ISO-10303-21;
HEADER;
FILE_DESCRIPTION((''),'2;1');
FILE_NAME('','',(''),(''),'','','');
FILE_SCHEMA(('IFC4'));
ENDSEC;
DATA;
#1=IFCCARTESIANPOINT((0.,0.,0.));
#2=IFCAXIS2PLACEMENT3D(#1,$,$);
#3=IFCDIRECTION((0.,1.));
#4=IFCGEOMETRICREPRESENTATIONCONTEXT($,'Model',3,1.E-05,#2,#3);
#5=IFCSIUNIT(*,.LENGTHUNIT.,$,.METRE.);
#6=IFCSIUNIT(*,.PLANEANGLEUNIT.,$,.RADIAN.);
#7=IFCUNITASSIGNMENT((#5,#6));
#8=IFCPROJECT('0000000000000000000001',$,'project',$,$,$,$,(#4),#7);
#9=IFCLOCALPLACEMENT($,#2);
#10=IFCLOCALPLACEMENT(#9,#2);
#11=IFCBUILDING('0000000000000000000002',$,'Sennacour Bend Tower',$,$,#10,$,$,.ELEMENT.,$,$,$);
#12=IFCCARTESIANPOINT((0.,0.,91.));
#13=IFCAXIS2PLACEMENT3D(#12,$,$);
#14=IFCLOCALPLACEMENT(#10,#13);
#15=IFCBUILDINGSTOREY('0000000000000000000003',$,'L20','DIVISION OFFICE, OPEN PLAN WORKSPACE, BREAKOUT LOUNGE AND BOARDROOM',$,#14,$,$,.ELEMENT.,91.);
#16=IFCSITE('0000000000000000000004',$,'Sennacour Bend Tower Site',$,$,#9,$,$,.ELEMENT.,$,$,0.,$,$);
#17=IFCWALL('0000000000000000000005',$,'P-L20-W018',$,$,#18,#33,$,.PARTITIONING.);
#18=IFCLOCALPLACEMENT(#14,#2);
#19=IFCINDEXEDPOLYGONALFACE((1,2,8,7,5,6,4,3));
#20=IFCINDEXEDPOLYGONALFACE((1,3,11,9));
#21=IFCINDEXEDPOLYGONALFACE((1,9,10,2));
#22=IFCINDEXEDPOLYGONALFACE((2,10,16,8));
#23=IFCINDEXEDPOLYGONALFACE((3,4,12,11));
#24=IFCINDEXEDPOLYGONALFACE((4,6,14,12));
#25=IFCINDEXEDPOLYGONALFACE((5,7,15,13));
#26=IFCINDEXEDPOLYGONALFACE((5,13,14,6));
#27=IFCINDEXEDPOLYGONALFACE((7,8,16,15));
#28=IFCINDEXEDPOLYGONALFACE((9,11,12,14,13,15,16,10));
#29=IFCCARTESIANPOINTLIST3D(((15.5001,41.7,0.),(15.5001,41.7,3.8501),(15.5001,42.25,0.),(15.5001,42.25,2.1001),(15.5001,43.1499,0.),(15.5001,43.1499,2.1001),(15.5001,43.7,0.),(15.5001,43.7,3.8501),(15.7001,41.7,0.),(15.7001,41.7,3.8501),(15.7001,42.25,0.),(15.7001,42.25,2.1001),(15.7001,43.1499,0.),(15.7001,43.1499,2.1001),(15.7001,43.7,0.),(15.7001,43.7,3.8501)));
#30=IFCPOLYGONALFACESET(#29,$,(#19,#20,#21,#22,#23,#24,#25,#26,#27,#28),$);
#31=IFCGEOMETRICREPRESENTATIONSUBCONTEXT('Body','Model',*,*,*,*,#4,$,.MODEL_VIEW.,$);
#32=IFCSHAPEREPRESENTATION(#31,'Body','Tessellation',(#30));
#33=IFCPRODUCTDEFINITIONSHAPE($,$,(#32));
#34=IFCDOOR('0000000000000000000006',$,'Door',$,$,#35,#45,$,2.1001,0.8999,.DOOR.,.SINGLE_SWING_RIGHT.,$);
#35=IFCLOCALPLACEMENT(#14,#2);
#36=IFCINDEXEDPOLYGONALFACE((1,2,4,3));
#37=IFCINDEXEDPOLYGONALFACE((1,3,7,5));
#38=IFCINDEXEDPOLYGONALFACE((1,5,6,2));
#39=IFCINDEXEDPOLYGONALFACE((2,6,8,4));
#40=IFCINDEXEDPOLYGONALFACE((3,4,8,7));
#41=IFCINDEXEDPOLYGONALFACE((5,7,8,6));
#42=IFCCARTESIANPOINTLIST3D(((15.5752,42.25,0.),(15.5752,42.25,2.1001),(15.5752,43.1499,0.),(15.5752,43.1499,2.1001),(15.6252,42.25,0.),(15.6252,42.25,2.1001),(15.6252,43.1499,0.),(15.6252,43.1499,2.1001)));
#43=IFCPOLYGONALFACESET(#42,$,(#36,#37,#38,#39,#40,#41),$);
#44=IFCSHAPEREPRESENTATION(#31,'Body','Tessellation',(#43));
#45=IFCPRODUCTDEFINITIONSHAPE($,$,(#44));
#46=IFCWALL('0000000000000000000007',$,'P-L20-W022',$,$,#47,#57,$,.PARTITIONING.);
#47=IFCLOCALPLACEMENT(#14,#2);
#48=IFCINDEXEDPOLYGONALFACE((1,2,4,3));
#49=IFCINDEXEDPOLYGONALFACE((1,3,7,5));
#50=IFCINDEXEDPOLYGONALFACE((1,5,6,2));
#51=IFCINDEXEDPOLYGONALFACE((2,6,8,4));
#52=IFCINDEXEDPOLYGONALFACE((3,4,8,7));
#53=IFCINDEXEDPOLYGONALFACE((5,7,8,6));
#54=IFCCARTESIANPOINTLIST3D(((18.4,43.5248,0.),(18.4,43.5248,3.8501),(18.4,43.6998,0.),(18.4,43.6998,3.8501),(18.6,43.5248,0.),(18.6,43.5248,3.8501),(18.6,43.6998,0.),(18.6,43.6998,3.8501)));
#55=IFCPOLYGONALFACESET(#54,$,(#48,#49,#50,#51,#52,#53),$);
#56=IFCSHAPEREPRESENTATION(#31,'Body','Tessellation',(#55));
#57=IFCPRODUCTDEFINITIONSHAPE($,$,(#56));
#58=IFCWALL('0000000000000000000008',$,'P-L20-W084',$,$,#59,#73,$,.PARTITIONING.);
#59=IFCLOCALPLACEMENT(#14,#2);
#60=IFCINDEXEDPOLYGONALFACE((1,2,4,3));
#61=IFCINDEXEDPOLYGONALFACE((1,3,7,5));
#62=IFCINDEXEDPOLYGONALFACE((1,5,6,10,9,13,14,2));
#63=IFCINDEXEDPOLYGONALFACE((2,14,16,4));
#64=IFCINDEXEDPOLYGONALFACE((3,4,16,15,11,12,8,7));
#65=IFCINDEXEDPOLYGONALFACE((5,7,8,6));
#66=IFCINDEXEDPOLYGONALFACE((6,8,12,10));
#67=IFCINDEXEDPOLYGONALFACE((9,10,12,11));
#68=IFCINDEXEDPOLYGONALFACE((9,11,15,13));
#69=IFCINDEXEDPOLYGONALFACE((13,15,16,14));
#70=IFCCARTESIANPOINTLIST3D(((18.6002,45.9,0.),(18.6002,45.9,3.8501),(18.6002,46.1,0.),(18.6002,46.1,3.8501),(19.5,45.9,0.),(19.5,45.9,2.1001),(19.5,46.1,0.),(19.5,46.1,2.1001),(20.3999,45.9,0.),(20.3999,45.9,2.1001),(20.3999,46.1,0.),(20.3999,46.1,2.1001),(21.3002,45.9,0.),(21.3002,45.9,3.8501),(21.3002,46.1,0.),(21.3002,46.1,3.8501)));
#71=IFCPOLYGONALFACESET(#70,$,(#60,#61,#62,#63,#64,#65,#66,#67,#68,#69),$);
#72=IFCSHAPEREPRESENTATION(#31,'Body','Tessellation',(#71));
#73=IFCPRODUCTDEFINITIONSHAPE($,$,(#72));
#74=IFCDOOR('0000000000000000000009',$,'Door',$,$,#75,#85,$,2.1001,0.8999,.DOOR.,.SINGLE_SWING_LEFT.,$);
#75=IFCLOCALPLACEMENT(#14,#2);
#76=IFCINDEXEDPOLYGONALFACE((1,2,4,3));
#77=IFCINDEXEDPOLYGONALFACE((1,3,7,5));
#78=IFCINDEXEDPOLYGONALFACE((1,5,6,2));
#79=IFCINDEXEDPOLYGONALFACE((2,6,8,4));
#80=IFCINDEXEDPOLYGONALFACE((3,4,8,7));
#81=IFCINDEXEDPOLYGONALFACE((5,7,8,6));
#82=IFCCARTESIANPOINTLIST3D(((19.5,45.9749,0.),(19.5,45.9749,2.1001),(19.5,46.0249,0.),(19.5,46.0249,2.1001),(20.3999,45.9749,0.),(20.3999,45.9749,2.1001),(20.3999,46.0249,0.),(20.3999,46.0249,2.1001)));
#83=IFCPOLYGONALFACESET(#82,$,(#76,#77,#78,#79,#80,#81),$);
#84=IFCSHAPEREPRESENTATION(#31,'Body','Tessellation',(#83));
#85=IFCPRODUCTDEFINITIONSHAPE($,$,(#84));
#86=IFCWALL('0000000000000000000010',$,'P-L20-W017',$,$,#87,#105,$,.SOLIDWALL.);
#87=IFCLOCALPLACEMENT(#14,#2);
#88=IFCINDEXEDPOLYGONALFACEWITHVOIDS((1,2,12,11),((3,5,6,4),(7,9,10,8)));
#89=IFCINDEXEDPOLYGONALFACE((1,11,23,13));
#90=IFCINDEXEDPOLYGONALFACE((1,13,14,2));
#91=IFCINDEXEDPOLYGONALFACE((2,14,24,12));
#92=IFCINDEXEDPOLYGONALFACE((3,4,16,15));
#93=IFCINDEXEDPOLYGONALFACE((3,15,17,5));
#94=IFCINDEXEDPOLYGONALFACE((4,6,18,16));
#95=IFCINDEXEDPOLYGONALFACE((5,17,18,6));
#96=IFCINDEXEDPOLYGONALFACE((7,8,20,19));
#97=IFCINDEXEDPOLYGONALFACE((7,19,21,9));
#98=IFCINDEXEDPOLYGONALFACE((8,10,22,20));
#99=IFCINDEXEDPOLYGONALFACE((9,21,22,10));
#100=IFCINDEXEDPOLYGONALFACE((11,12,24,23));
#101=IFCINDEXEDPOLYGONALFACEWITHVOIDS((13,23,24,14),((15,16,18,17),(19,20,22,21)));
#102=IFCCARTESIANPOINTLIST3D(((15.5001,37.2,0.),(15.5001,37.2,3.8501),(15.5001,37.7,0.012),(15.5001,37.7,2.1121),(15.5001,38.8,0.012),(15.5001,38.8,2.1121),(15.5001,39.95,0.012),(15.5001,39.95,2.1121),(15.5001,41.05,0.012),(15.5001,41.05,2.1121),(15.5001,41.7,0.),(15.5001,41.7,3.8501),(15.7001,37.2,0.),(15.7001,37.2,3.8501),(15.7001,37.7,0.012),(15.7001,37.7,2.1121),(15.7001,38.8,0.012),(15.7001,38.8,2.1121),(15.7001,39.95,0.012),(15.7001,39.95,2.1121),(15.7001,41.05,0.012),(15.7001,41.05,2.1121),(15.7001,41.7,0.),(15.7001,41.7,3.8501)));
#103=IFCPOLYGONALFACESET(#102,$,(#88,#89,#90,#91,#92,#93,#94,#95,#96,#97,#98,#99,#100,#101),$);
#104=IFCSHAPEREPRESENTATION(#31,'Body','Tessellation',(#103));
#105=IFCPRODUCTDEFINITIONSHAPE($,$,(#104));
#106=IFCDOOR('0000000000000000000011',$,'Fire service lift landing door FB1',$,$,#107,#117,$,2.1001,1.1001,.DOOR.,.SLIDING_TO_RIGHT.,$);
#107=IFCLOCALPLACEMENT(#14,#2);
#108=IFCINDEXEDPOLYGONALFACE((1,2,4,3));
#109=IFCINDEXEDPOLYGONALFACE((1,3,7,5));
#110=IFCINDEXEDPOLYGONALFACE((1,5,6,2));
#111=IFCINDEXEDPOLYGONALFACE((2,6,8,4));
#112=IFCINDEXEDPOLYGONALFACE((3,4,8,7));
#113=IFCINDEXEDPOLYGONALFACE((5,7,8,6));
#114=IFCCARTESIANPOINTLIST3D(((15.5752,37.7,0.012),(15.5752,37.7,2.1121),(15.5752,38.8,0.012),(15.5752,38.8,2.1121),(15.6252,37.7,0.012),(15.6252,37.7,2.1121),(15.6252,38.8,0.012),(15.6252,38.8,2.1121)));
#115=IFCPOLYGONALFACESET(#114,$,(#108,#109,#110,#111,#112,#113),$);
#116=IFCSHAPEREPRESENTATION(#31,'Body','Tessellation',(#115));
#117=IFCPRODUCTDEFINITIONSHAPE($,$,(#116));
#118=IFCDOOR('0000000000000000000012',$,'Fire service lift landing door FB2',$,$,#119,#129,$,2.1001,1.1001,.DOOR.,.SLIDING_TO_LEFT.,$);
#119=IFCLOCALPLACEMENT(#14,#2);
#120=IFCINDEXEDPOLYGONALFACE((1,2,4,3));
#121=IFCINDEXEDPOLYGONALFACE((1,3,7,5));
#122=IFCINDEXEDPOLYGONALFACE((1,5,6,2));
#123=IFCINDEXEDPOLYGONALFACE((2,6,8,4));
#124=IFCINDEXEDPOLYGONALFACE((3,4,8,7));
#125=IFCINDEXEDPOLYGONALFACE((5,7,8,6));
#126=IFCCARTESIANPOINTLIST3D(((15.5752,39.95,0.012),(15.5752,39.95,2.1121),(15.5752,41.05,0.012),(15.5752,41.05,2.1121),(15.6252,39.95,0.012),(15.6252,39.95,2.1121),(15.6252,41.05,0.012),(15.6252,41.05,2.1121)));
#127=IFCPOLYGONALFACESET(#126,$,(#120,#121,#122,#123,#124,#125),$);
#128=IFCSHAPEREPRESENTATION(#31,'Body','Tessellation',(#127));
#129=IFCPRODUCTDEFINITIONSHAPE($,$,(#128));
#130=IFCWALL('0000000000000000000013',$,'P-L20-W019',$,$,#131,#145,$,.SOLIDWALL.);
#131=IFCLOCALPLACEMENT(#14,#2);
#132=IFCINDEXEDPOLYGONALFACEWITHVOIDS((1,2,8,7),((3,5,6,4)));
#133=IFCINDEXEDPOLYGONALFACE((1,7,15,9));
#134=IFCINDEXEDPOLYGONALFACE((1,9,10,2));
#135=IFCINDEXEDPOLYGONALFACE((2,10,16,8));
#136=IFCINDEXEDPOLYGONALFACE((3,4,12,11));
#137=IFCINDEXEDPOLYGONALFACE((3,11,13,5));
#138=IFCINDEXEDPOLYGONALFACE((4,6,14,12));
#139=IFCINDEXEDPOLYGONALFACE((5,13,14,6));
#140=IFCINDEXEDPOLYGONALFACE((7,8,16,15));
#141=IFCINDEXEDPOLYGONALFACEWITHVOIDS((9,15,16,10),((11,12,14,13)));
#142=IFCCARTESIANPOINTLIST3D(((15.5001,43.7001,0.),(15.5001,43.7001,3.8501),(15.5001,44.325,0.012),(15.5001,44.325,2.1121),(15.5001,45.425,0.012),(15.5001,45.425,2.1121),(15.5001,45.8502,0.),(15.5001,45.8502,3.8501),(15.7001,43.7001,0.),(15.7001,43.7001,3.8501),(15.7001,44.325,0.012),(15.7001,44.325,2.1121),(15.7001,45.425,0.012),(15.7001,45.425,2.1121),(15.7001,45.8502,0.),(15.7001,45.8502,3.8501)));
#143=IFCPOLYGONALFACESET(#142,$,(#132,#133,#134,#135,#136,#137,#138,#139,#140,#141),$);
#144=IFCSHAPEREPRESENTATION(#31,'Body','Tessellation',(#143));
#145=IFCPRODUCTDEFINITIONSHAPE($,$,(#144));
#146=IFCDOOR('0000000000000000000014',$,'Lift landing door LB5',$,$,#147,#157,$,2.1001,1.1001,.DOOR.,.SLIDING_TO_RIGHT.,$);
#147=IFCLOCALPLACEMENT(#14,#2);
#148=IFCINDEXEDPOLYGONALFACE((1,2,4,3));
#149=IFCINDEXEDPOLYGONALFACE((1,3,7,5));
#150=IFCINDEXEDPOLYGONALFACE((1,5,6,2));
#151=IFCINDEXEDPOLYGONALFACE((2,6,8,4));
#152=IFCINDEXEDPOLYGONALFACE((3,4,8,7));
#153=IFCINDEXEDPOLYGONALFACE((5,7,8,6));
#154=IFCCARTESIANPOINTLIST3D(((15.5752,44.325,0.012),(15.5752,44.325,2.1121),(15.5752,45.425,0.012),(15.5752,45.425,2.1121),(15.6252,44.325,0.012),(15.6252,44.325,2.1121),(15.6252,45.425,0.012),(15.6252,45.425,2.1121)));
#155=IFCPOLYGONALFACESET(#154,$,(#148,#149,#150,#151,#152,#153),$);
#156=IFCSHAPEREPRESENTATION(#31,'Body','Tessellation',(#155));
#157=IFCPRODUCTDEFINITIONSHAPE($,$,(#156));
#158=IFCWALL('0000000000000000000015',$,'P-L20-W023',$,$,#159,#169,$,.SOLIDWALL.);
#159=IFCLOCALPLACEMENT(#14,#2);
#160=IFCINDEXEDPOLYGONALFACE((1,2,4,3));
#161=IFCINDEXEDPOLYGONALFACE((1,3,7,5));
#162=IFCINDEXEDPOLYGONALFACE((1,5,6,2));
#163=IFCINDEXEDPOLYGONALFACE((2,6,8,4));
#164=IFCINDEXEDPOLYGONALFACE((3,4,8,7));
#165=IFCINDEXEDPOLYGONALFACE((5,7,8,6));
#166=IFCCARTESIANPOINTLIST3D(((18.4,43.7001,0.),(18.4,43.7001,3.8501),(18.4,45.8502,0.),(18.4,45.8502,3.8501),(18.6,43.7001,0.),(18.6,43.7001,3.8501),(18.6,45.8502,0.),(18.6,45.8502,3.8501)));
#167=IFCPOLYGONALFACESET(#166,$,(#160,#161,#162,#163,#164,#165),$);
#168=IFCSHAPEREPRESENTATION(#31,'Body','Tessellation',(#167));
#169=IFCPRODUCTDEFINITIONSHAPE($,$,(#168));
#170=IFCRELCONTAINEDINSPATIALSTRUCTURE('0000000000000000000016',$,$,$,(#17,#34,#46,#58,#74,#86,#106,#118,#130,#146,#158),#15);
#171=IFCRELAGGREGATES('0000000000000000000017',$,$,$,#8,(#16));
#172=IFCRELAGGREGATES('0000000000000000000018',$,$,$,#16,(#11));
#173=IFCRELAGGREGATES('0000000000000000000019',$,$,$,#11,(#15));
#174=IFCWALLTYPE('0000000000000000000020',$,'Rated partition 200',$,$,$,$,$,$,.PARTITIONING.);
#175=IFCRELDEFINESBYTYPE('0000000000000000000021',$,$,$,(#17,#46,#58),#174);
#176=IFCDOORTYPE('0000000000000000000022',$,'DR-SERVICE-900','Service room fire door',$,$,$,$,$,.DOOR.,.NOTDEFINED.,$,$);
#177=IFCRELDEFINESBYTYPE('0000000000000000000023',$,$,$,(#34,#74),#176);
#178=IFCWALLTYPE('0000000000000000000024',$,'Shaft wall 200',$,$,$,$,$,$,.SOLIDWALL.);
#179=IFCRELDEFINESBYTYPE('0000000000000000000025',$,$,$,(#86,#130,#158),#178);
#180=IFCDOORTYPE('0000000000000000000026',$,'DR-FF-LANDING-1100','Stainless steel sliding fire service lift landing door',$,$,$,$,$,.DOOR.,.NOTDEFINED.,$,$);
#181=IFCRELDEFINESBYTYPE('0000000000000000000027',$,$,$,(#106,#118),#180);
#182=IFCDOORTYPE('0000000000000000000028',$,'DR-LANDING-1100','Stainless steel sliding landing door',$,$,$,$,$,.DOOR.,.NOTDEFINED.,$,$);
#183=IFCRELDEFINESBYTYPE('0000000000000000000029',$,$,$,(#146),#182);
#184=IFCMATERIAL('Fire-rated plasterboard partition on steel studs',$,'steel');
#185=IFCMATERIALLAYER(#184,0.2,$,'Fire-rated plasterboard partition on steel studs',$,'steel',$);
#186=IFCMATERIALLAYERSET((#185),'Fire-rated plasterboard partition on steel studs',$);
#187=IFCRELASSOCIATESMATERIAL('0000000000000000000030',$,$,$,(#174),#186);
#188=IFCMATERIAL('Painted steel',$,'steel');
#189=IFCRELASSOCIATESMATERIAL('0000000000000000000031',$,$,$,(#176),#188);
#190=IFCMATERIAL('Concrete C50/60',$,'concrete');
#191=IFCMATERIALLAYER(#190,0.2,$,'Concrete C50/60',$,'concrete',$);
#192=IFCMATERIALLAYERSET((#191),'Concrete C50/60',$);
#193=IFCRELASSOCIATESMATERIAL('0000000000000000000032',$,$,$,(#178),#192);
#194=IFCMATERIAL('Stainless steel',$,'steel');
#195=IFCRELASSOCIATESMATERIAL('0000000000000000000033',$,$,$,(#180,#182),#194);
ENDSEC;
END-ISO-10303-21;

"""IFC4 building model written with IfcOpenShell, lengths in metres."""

from ifc_helpers import new_model, si_unit, direction, frame, frame_2d, origin, place, context, subcontext, project, spatial, rectangle, extrude, material, layer, layer_set, type_object, element, fill, save


model = new_model("IFC4")

# Units and contexts
model_context = context("Model", 3, precision=1e-05, world=origin(), true_north=direction((0.0, 1.0)))
body_context = subcontext(model_context, "Body", "Model", "MODEL_VIEW")
ifc_project = project(units=[si_unit("LENGTHUNIT", "METRE"), si_unit("PLANEANGLEUNIT", "RADIAN")], contexts=[model_context])

# Site, building, storey
site_placement = place(None, origin())
site = spatial("IfcSite", under=ifc_project, at=site_placement, Name="Sennacour Bend Tower Site", CompositionType="ELEMENT", RefElevation=0.0)
building_placement = place(site_placement, origin())
building = spatial("IfcBuilding", under=site, at=building_placement, Name="Sennacour Bend Tower", CompositionType="ELEMENT")
storey_placement = place(building_placement, frame((0.0, 0.0, 91.0)))
storey = spatial("IfcBuildingStorey", under=building, at=storey_placement, Name="L20", Description="DIVISION OFFICE, OPEN PLAN WORKSPACE, BREAKOUT LOUNGE AND BOARDROOM", CompositionType="ELEMENT", Elevation=91.0)

# Wall, opening, door
ifc_material_1 = material(Name="Fire-rated plasterboard partition on steel studs", Category="steel")
ifc_layer_1 = layer(ifc_material_1, 0.2, Name="Fire-rated plasterboard partition on steel studs", Category="steel")
ifc_layer_set_1 = layer_set([ifc_layer_1], Name="Fire-rated plasterboard partition on steel studs")
wall_type_1 = type_object("IfcWallType", Name="Rated partition 200", PredefinedType="PARTITIONING", material=ifc_layer_set_1)
wall_1_placement = place(storey_placement, frame((15.6001, 41.7, 0.0), z_axis=(0.0, 0.0, 1.0), x_axis=(0.0, 1.0, 0.0)))
wall_1 = element("IfcWall", 1, at=wall_1_placement, inside=storey, type_object=wall_type_1, Name="P-L20-W018", PredefinedType="PARTITIONING", context=body_context, shape_type="SweptSolid", body=[
    extrude(rectangle(XDim=2.0, YDim=0.2, at=frame_2d((1.0, 0.0))), origin(), (0.0, 0.0, 1.0), 3.8501),
])
opening_1_placement = place(wall_1_placement, frame((0.55, 0.0, 0.0)))
opening_1 = element("IfcOpeningElement", 2, at=opening_1_placement, cuts=wall_1, PredefinedType="OPENING", context=body_context, shape_type="SweptSolid", body=[
    extrude(rectangle(XDim=0.8999, YDim=2.1001, at=frame_2d((0.45, 1.05))), frame((0.0, 0.1099, 0.0), z_axis=(0.0, -1.0, 0.0), x_axis=(1.0, 0.0, 0.0)), (0.0, 0.0, 1.0), 0.22),
])
ifc_material_2 = material(Name="Painted steel", Category="steel")
door_type_1 = type_object("IfcDoorType", Name="DR-SERVICE-900", Description="Service room fire door", OperationType="NOTDEFINED", PredefinedType="DOOR", material=ifc_material_2)
door_1_placement = place(opening_1_placement, origin())
door_1 = element("IfcDoor", 3, at=door_1_placement, inside=storey, type_object=door_type_1, Name="Door", OperationType="SINGLE_SWING_RIGHT", OverallHeight=2.1001, OverallWidth=0.8999, PredefinedType="DOOR", context=body_context, shape_type="SweptSolid", body=[
    extrude(rectangle(XDim=0.8999, YDim=2.1001, at=frame_2d((0.45, 1.05))), frame((0.0, 0.0249, 0.0), z_axis=(0.0, -1.0, 0.0), x_axis=(1.0, 0.0, 0.0)), (0.0, 0.0, 1.0), 0.05),
])
fill(opening_1, door_1)

# Wall
wall_2_placement = place(storey_placement, frame((18.5, 43.5249, 0.0), z_axis=(0.0, 0.0, 1.0), x_axis=(0.0, 1.0, 0.0)))
element("IfcWall", 4, at=wall_2_placement, inside=storey, type_object=wall_type_1, Name="P-L20-W022", PredefinedType="PARTITIONING", context=body_context, shape_type="SweptSolid", body=[
    extrude(rectangle(XDim=0.175, YDim=0.2, at=frame_2d((0.0874, 0.0))), origin(), (0.0, 0.0, 1.0), 3.8501),
])

# Wall, opening, door
wall_3_placement = place(storey_placement, frame((18.6001, 46.0, 0.0), z_axis=(0.0, 0.0, 1.0), x_axis=(1.0, 0.0, 0.0)))
wall_3 = element("IfcWall", 5, at=wall_3_placement, inside=storey, type_object=wall_type_1, Name="P-L20-W084", PredefinedType="PARTITIONING", context=body_context, shape_type="SweptSolid", body=[
    extrude(rectangle(XDim=2.7, YDim=0.2, at=frame_2d((1.3501, 0.0))), origin(), (0.0, 0.0, 1.0), 3.8501),
])
opening_2_placement = place(wall_3_placement, frame((0.8999, 0.0, 0.0)))
opening_2 = element("IfcOpeningElement", 6, at=opening_2_placement, cuts=wall_3, PredefinedType="OPENING", context=body_context, shape_type="SweptSolid", body=[
    extrude(rectangle(XDim=0.8999, YDim=2.1001, at=frame_2d((0.45, 1.05))), frame((0.0, 0.1099, 0.0), z_axis=(0.0, -1.0, 0.0), x_axis=(1.0, 0.0, 0.0)), (0.0, 0.0, 1.0), 0.22),
])
door_2_placement = place(opening_2_placement, origin())
door_2 = element("IfcDoor", 7, at=door_2_placement, inside=storey, type_object=door_type_1, Name="Door", OperationType="SINGLE_SWING_LEFT", OverallHeight=2.1001, OverallWidth=0.8999, PredefinedType="DOOR", context=body_context, shape_type="SweptSolid", body=[
    extrude(rectangle(XDim=0.8999, YDim=2.1001, at=frame_2d((0.45, 1.05))), frame((0.0, 0.0249, 0.0), z_axis=(0.0, -1.0, 0.0), x_axis=(1.0, 0.0, 0.0)), (0.0, 0.0, 1.0), 0.05),
])
fill(opening_2, door_2)

# Wall, openings, doors
ifc_material_3 = material(Name="Concrete C50/60", Category="concrete")
ifc_layer_2 = layer(ifc_material_3, 0.2, Name="Concrete C50/60", Category="concrete")
ifc_layer_set_2 = layer_set([ifc_layer_2], Name="Concrete C50/60")
wall_type_2 = type_object("IfcWallType", Name="Shaft wall 200", PredefinedType="SOLIDWALL", material=ifc_layer_set_2)
wall_4_placement = place(storey_placement, frame((15.6001, 37.2, 0.0), z_axis=(0.0, 0.0, 1.0), x_axis=(0.0, 1.0, 0.0)))
wall_4 = element("IfcWall", 8, at=wall_4_placement, inside=storey, type_object=wall_type_2, Name="P-L20-W017", PredefinedType="SOLIDWALL", context=body_context, shape_type="SweptSolid", body=[
    extrude(rectangle(XDim=4.5, YDim=0.2, at=frame_2d((2.25, 0.0))), origin(), (0.0, 0.0, 1.0), 3.8501),
])
opening_3_placement = place(wall_4_placement, frame((0.5, 0.0, 0.012)))
opening_3 = element("IfcOpeningElement", 9, at=opening_3_placement, cuts=wall_4, PredefinedType="OPENING", context=body_context, shape_type="SweptSolid", body=[
    extrude(rectangle(XDim=1.1001, YDim=2.1001, at=frame_2d((0.55, 1.05))), frame((0.0, 0.1099, 0.0), z_axis=(0.0, -1.0, 0.0), x_axis=(1.0, 0.0, 0.0)), (0.0, 0.0, 1.0), 0.22),
])
opening_4_placement = place(wall_4_placement, frame((2.75, 0.0, 0.012)))
opening_4 = element("IfcOpeningElement", 10, at=opening_4_placement, cuts=wall_4, PredefinedType="OPENING", context=body_context, shape_type="SweptSolid", body=[
    extrude(rectangle(XDim=1.1001, YDim=2.1001, at=frame_2d((0.55, 1.05))), frame((0.0, 0.1099, 0.0), z_axis=(0.0, -1.0, 0.0), x_axis=(1.0, 0.0, 0.0)), (0.0, 0.0, 1.0), 0.22),
])
ifc_material_4 = material(Name="Stainless steel", Category="steel")
door_type_2 = type_object("IfcDoorType", Name="DR-FF-LANDING-1100", Description="Stainless steel sliding fire service lift landing door", OperationType="NOTDEFINED", PredefinedType="DOOR", material=ifc_material_4)
door_3_placement = place(opening_3_placement, origin())
door_3 = element("IfcDoor", 11, at=door_3_placement, inside=storey, type_object=door_type_2, Name="Fire service lift landing door FB1", OperationType="SLIDING_TO_RIGHT", OverallHeight=2.1001, OverallWidth=1.1001, PredefinedType="DOOR", context=body_context, shape_type="SweptSolid", body=[
    extrude(rectangle(XDim=1.1001, YDim=2.1001, at=frame_2d((0.55, 1.05))), frame((0.0, 0.0249, 0.0), z_axis=(0.0, -1.0, 0.0), x_axis=(1.0, 0.0, 0.0)), (0.0, 0.0, 1.0), 0.05),
])
fill(opening_3, door_3)
door_4_placement = place(opening_4_placement, origin())
door_4 = element("IfcDoor", 12, at=door_4_placement, inside=storey, type_object=door_type_2, Name="Fire service lift landing door FB2", OperationType="SLIDING_TO_LEFT", OverallHeight=2.1001, OverallWidth=1.1001, PredefinedType="DOOR", context=body_context, shape_type="SweptSolid", body=[
    extrude(rectangle(XDim=1.1001, YDim=2.1001, at=frame_2d((0.55, 1.05))), frame((0.0, 0.0249, 0.0), z_axis=(0.0, -1.0, 0.0), x_axis=(1.0, 0.0, 0.0)), (0.0, 0.0, 1.0), 0.05),
])
fill(opening_4, door_4)

# Wall, opening, door
wall_5_placement = place(storey_placement, frame((15.6001, 43.7, 0.0), z_axis=(0.0, 0.0, 1.0), x_axis=(0.0, 1.0, 0.0)))
wall_5 = element("IfcWall", 13, at=wall_5_placement, inside=storey, type_object=wall_type_2, Name="P-L20-W019", PredefinedType="SOLIDWALL", context=body_context, shape_type="SweptSolid", body=[
    extrude(rectangle(XDim=2.1501, YDim=0.2, at=frame_2d((1.0752, 0.0))), origin(), (0.0, 0.0, 1.0), 3.8501),
])
opening_5_placement = place(wall_5_placement, frame((0.625, 0.0, 0.012)))
opening_5 = element("IfcOpeningElement", 14, at=opening_5_placement, cuts=wall_5, PredefinedType="OPENING", context=body_context, shape_type="SweptSolid", body=[
    extrude(rectangle(XDim=1.1001, YDim=2.1001, at=frame_2d((0.55, 1.05))), frame((0.0, 0.1099, 0.0), z_axis=(0.0, -1.0, 0.0), x_axis=(1.0, 0.0, 0.0)), (0.0, 0.0, 1.0), 0.22),
])
door_type_3 = type_object("IfcDoorType", Name="DR-LANDING-1100", Description="Stainless steel sliding landing door", OperationType="NOTDEFINED", PredefinedType="DOOR", material=ifc_material_4)
door_5_placement = place(opening_5_placement, origin())
door_5 = element("IfcDoor", 15, at=door_5_placement, inside=storey, type_object=door_type_3, Name="Lift landing door LB5", OperationType="SLIDING_TO_RIGHT", OverallHeight=2.1001, OverallWidth=1.1001, PredefinedType="DOOR", context=body_context, shape_type="SweptSolid", body=[
    extrude(rectangle(XDim=1.1001, YDim=2.1001, at=frame_2d((0.55, 1.05))), frame((0.0, 0.0249, 0.0), z_axis=(0.0, -1.0, 0.0), x_axis=(1.0, 0.0, 0.0)), (0.0, 0.0, 1.0), 0.05),
])
fill(opening_5, door_5)

# Wall
wall_6_placement = place(storey_placement, frame((18.5, 43.7, 0.0), z_axis=(0.0, 0.0, 1.0), x_axis=(0.0, 1.0, 0.0)))
element("IfcWall", 16, at=wall_6_placement, inside=storey, type_object=wall_type_2, Name="P-L20-W023", PredefinedType="SOLIDWALL", context=body_context, shape_type="SweptSolid", body=[
    extrude(rectangle(XDim=2.1501, YDim=0.2, at=frame_2d((1.0752, 0.0))), origin(), (0.0, 0.0, 1.0), 3.8501),
])

save(model, "model.ifc")
